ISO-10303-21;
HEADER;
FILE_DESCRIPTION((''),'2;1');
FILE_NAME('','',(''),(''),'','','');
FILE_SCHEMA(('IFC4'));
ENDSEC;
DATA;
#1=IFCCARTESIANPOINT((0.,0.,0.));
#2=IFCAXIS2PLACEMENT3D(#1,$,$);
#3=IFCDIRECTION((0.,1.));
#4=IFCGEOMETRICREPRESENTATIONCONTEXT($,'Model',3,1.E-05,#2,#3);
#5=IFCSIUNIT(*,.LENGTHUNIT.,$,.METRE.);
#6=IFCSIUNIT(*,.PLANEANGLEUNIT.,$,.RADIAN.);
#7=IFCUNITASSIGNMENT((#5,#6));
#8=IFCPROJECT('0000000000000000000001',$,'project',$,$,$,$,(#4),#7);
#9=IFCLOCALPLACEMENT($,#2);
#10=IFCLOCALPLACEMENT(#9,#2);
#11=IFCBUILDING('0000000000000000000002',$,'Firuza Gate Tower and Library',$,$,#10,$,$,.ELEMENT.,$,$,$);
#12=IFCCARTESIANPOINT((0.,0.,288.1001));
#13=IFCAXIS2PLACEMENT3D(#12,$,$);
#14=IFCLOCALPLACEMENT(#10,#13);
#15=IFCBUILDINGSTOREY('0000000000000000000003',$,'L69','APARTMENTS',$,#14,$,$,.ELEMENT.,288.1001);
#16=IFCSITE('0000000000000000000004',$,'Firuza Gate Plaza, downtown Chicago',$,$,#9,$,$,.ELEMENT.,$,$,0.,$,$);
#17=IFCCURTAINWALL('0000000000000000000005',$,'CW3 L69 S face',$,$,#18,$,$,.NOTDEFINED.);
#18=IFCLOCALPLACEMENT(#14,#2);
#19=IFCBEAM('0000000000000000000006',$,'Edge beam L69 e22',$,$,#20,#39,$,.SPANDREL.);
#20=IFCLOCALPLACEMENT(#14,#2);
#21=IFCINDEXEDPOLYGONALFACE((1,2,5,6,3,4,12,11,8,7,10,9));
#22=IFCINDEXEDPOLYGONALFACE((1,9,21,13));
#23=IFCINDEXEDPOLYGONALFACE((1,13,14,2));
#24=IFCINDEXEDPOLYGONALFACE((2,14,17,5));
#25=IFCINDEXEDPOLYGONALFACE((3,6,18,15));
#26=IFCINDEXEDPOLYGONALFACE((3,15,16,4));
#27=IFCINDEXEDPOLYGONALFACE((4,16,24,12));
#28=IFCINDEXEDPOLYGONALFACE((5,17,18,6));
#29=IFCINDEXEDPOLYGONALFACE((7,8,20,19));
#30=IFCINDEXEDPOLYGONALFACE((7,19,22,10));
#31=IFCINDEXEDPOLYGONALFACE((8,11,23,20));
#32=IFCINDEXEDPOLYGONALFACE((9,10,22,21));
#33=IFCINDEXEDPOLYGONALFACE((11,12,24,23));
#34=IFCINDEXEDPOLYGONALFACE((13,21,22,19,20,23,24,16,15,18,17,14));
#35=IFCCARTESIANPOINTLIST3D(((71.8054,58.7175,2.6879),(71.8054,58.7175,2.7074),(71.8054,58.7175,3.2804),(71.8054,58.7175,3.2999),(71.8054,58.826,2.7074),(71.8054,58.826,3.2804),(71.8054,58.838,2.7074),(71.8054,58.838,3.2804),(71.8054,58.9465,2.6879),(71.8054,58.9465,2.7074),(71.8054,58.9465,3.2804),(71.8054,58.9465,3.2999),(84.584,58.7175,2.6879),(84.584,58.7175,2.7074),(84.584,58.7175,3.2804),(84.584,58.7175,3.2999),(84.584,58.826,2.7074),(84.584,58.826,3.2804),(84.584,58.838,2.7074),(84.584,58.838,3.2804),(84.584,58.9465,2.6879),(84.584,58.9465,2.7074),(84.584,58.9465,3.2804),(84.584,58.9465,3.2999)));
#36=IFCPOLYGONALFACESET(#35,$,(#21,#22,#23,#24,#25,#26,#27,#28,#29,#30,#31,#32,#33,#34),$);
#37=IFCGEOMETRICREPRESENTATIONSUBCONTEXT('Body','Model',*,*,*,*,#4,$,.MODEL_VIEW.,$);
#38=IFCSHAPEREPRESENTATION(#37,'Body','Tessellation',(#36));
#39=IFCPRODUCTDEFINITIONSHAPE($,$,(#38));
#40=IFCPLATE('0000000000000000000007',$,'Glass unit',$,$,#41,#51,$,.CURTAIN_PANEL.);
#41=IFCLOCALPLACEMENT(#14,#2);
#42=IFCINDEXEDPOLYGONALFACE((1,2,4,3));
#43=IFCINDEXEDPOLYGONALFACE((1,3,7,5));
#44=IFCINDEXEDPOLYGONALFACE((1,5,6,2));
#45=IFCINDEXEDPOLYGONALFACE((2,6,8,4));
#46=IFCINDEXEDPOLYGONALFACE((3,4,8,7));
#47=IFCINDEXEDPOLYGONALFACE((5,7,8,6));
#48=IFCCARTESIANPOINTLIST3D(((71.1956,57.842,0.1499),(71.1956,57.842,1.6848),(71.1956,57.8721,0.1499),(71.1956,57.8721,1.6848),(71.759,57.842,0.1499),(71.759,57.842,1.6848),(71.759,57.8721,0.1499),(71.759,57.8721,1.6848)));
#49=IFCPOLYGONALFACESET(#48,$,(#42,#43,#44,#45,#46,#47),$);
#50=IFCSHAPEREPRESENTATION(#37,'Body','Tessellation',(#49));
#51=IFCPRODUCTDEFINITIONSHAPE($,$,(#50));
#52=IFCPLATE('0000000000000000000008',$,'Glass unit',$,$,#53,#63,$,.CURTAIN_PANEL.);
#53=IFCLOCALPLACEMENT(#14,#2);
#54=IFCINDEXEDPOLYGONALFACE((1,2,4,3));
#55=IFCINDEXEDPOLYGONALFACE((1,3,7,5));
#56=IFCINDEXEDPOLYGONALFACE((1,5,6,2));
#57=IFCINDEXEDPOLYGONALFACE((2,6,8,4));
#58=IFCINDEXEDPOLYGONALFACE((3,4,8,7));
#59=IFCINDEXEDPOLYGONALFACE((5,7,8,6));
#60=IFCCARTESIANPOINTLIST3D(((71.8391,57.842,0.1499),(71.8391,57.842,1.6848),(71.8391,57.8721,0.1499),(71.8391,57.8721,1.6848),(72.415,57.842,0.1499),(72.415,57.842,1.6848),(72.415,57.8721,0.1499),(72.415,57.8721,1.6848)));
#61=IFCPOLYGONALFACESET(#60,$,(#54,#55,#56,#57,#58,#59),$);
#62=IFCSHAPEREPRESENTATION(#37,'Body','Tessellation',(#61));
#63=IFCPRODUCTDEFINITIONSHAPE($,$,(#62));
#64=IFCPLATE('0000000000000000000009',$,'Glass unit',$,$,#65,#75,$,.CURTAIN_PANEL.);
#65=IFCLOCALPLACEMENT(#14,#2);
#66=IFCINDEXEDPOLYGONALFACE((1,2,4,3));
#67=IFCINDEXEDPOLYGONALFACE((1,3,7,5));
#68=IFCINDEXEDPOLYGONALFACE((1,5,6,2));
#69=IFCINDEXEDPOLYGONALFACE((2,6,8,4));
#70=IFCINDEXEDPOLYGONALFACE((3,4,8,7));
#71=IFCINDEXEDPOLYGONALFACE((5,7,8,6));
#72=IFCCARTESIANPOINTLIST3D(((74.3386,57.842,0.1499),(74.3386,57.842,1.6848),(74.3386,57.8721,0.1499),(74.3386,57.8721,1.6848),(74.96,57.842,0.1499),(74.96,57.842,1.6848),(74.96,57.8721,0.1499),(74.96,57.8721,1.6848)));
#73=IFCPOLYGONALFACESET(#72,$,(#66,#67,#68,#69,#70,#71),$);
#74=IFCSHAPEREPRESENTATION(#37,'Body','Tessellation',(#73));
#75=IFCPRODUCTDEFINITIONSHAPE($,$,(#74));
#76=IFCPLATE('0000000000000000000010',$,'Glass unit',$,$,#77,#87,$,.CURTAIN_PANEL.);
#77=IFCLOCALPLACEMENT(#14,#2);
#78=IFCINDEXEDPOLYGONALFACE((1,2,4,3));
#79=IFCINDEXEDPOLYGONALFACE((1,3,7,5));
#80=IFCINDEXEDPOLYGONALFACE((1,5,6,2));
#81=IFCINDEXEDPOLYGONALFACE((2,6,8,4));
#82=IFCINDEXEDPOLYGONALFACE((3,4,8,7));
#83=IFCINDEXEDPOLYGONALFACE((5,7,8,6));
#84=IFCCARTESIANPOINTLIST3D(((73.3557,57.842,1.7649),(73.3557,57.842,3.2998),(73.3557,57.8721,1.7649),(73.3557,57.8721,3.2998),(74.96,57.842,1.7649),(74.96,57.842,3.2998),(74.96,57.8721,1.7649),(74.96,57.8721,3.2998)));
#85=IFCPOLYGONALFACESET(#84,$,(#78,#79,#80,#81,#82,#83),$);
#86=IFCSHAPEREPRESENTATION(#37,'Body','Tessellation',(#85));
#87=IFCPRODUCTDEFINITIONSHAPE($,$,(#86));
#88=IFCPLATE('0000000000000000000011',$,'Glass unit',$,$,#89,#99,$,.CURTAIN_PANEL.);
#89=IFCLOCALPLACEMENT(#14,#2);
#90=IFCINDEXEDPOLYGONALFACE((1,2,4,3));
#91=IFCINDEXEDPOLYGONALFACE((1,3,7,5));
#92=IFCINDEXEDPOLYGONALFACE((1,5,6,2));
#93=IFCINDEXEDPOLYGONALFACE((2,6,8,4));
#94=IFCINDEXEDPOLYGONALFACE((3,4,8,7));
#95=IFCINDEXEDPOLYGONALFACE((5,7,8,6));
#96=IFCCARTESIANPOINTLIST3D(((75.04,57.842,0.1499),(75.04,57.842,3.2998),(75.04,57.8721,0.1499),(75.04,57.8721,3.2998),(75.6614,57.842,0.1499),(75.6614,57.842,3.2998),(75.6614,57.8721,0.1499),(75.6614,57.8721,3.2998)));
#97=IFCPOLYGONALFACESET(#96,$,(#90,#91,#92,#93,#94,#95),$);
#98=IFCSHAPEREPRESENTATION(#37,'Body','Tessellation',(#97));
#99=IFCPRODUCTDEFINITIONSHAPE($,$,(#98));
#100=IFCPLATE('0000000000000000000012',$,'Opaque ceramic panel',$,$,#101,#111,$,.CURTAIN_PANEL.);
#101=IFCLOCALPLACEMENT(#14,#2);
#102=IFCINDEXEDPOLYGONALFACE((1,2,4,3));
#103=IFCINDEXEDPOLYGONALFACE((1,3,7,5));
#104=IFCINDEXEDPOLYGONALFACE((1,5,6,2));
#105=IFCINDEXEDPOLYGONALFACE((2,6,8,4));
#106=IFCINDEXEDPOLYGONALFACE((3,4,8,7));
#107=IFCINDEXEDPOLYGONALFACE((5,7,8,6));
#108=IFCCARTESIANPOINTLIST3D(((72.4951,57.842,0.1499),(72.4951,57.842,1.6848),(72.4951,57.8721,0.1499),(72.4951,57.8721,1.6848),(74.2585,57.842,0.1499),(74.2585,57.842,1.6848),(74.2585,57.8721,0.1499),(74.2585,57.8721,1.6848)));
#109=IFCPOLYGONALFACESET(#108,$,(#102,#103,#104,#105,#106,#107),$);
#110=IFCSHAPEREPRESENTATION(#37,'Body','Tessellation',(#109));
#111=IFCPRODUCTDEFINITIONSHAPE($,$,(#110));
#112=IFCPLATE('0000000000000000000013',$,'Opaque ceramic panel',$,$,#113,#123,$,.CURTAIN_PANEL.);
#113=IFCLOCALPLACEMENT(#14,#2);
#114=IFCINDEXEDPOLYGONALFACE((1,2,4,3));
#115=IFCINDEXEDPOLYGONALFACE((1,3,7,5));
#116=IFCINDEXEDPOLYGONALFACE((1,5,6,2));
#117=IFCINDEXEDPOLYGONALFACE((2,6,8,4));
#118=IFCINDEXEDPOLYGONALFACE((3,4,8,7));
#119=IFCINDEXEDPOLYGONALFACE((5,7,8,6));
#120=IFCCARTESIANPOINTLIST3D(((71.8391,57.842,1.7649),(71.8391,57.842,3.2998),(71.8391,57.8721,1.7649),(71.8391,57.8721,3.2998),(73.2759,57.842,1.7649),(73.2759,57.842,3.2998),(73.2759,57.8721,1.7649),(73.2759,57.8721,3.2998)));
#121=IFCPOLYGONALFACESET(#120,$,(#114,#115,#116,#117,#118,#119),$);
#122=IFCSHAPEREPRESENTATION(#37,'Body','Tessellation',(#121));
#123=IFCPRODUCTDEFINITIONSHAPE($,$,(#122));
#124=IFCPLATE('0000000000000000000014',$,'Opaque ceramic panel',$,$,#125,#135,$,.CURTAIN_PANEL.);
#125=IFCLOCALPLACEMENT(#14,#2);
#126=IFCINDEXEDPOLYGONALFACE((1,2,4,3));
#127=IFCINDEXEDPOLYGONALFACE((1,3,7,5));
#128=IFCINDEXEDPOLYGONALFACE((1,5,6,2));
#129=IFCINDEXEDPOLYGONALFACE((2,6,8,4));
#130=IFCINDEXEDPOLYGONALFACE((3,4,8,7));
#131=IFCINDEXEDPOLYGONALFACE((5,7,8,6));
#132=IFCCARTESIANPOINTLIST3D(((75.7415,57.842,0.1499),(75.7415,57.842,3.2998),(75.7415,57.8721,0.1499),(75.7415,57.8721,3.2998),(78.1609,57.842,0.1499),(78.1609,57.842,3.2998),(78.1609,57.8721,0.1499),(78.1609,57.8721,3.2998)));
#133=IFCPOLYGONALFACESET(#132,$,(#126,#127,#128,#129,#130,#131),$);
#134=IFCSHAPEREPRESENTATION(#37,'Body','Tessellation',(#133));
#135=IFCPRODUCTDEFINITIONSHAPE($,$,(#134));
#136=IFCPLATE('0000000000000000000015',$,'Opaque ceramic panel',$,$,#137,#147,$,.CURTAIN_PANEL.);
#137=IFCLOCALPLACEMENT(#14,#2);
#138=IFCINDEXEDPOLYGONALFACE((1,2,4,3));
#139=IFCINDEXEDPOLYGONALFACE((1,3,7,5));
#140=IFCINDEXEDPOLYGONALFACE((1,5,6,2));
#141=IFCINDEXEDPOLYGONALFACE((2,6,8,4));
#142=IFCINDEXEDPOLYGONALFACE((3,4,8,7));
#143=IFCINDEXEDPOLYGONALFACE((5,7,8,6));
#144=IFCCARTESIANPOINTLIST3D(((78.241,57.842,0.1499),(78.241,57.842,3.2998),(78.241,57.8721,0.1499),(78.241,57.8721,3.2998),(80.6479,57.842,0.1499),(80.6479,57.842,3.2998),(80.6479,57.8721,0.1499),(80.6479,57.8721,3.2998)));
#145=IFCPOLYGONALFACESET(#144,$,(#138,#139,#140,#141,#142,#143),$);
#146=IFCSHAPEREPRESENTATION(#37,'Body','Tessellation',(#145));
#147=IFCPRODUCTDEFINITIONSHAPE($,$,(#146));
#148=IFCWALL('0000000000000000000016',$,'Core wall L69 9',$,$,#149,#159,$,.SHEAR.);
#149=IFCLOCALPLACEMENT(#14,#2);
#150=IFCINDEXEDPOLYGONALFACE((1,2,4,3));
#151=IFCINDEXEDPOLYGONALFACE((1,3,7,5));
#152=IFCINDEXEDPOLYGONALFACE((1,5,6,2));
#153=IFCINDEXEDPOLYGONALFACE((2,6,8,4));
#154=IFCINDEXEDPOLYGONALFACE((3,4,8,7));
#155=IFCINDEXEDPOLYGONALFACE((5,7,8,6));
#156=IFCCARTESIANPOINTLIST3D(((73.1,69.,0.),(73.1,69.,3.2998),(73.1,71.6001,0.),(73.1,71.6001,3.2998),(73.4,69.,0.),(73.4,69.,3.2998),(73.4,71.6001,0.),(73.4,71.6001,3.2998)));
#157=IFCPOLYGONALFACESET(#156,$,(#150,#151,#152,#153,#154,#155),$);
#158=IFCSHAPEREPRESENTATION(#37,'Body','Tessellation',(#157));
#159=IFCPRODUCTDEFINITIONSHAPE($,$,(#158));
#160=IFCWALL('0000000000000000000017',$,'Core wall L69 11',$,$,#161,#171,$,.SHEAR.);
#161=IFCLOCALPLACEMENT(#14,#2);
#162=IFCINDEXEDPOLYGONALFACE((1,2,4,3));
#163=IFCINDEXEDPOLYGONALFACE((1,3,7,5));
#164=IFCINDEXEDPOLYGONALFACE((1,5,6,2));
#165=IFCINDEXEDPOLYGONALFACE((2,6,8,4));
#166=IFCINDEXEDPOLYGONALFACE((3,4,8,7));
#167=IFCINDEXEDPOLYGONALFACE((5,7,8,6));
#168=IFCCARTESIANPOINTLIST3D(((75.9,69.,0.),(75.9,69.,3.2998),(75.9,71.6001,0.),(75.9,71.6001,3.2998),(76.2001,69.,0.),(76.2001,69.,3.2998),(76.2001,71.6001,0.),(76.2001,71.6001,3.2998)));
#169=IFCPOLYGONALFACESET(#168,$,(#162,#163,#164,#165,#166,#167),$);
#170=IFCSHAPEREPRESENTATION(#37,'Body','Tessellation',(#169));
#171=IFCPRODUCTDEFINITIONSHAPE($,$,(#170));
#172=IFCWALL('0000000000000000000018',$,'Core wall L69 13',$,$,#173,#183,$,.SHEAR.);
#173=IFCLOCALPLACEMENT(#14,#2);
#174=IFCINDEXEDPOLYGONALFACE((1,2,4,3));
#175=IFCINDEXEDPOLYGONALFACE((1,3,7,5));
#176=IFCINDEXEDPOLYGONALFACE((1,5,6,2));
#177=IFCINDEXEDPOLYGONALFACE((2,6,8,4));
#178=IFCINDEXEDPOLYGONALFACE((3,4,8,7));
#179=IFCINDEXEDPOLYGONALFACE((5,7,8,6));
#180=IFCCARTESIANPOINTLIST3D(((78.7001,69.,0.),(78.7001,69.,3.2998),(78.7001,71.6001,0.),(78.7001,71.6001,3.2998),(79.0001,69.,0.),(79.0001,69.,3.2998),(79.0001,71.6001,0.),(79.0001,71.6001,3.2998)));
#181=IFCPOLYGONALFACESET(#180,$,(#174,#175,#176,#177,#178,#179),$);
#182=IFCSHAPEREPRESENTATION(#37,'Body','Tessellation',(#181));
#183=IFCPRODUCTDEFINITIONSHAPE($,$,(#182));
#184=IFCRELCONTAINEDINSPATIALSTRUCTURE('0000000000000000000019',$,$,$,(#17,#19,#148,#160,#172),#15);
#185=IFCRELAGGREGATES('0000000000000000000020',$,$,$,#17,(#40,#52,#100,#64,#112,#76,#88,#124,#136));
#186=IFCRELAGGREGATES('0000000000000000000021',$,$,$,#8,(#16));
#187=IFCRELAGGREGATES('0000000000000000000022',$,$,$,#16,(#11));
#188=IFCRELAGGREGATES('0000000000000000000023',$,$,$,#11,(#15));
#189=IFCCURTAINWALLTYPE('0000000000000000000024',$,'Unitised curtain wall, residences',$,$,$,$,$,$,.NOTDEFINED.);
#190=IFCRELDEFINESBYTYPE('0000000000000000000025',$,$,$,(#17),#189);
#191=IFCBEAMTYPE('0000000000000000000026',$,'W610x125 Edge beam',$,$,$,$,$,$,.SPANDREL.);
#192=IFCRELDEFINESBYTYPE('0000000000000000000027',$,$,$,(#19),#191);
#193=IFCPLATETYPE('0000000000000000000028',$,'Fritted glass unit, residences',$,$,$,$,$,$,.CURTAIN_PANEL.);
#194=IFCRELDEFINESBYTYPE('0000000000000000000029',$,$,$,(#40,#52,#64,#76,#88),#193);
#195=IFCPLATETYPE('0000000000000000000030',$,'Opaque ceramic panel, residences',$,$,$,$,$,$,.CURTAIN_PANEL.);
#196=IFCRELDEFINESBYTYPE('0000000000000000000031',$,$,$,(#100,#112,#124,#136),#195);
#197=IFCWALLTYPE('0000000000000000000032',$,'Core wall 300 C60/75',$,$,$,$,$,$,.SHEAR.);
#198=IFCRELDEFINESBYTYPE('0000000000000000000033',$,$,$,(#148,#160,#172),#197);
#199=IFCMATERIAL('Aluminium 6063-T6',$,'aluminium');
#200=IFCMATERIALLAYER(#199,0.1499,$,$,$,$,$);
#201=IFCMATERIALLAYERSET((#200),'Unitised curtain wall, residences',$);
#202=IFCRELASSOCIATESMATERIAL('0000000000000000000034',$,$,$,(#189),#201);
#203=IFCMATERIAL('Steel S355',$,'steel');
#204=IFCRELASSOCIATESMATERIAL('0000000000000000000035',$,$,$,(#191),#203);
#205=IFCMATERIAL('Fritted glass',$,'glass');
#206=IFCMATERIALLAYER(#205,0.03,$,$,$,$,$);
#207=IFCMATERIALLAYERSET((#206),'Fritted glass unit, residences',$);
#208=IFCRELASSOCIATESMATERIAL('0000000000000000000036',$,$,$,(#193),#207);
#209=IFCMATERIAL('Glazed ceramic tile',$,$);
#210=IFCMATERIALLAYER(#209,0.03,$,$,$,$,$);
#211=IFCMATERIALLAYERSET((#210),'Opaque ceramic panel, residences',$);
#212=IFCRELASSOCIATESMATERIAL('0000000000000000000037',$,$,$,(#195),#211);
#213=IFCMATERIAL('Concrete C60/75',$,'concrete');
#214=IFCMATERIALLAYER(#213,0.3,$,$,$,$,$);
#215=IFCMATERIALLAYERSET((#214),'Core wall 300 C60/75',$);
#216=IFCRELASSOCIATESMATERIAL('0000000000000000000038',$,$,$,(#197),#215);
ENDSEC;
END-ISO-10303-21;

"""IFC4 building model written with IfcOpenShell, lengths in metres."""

from ifc_helpers import new_model, si_unit, direction, frame, frame_2d, origin, origin_2d, place, context, subcontext, project, spatial, polyline, rectangle, i_section, outline, extrude, material, layer, layer_set, material_profile, profile_set, type_object, element, aggregate, save


model = new_model("IFC4")

# Units and contexts
model_context = context("Model", 3, precision=1e-05, world=origin(), true_north=direction((0.0, 1.0)))
body_context = subcontext(model_context, "Body", "Model", "MODEL_VIEW")
ifc_project = project(units=[si_unit("LENGTHUNIT", "METRE"), si_unit("PLANEANGLEUNIT", "RADIAN")], contexts=[model_context])

# Site, building, storey
site_placement = place(None, origin())
site = spatial("IfcSite", under=ifc_project, at=site_placement, Name="Firuza Gate Plaza, downtown Chicago", CompositionType="ELEMENT", RefElevation=0.0)
building_placement = place(site_placement, origin())
building = spatial("IfcBuilding", under=site, at=building_placement, Name="Firuza Gate Tower and Library", CompositionType="ELEMENT")
storey_placement = place(building_placement, frame((0.0, 0.0, 288.1001)))
storey = spatial("IfcBuildingStorey", under=building, at=storey_placement, Name="L69", Description="APARTMENTS", CompositionType="ELEMENT", Elevation=288.1001)

# Curtain wall
ifc_material_1 = material(Name="Aluminium 6063-T6", Category="aluminium")
ifc_layer_1 = layer(ifc_material_1, 0.1499)
ifc_layer_set_1 = layer_set([ifc_layer_1], Name="Unitised curtain wall, residences")
curtain_wall_type = type_object("IfcCurtainWallType", Name="Unitised curtain wall, residences", PredefinedType="NOTDEFINED", material=ifc_layer_set_1)
curtain_wall_placement = place(storey_placement, origin())
curtain_wall = element("IfcCurtainWall", 1, at=curtain_wall_placement, inside=storey, type_object=curtain_wall_type, Name="CW3 L69 S face", PredefinedType="NOTDEFINED")

# Beam
ifc_material_2 = material(Name="Steel S355", Category="steel")
ifc_material_profile_1 = material_profile(ifc_material_2, i_section(OverallWidth=0.229, OverallDepth=0.6121, WebThickness=0.012, FlangeThickness=0.0195, at=origin_2d()))
ifc_profile_set_1 = profile_set([ifc_material_profile_1], Name="Steel S355")
beam_type_1 = type_object("IfcBeamType", Name="W610x125 Edge beam", PredefinedType="SPANDREL", material=ifc_profile_set_1)
beam_1_placement = place(storey_placement, frame((71.8054, 58.832, 2.9939), z_axis=(1.0, 0.0, 0.0), x_axis=(0.0, 1.0, 0.0)))
element("IfcBeam", 2, at=beam_1_placement, inside=storey, type_object=beam_type_1, Name="Edge beam L69 e22", PredefinedType="SPANDREL", context=body_context, shape_type="SweptSolid", body=[
    extrude(i_section(OverallWidth=0.229, OverallDepth=0.6121, WebThickness=0.012, FlangeThickness=0.0195, at=origin_2d()), origin(), (0.0, 0.0, 1.0), 12.7786),
])

# Plates
ifc_material_3 = material(Name="Fritted glass", Category="glass")
ifc_layer_2 = layer(ifc_material_3, 0.03)
ifc_layer_set_2 = layer_set([ifc_layer_2], Name="Fritted glass unit, residences")
plate_type_1 = type_object("IfcPlateType", Name="Fritted glass unit, residences", PredefinedType="CURTAIN_PANEL", material=ifc_layer_set_2)
plate_1_placement = place(storey_placement, frame((71.1956, 57.842, 0.1499), z_axis=(0.0, -1.0, 0.0), x_axis=(1.0, 0.0, 0.0)))
plate_1 = element("IfcPlate", 3, at=plate_1_placement, type_object=plate_type_1, Name="Glass unit", PredefinedType="CURTAIN_PANEL", context=body_context, shape_type="SweptSolid", body=[
    extrude(outline(polyline([(0.0, 0.0), (0.5635, 0.0), (0.5635, 1.5349), (0.0, 1.5349), (0.0, 0.0)])), origin(), (0.0, 0.0, -1.0), 0.03),
])
plate_2_placement = place(storey_placement, frame((71.8391, 57.842, 0.1499), z_axis=(0.0, -1.0, 0.0), x_axis=(1.0, 0.0, 0.0)))
plate_2 = element("IfcPlate", 4, at=plate_2_placement, type_object=plate_type_1, Name="Glass unit", PredefinedType="CURTAIN_PANEL", context=body_context, shape_type="SweptSolid", body=[
    extrude(outline(polyline([(0.0, 0.0), (0.5759, 0.0), (0.5759, 1.5349), (0.0, 1.5349), (0.0, 0.0)])), origin(), (0.0, 0.0, -1.0), 0.03),
])
plate_3_placement = place(storey_placement, frame((74.3386, 57.842, 0.1499), z_axis=(0.0, -1.0, 0.0), x_axis=(1.0, 0.0, 0.0)))
plate_3 = element("IfcPlate", 5, at=plate_3_placement, type_object=plate_type_1, Name="Glass unit", PredefinedType="CURTAIN_PANEL", context=body_context, shape_type="SweptSolid", body=[
    extrude(outline(polyline([(0.0, 0.0), (0.6213, 0.0), (0.6213, 1.5349), (0.0, 1.5349), (0.0, 0.0)])), origin(), (0.0, 0.0, -1.0), 0.03),
])
plate_4_placement = place(storey_placement, frame((73.3557, 57.842, 1.7649), z_axis=(0.0, -1.0, 0.0), x_axis=(1.0, 0.0, 0.0)))
plate_4 = element("IfcPlate", 6, at=plate_4_placement, type_object=plate_type_1, Name="Glass unit", PredefinedType="CURTAIN_PANEL", context=body_context, shape_type="SweptSolid", body=[
    extrude(outline(polyline([(0.0, 0.0), (1.6042, 0.0), (1.6042, 1.5349), (0.0, 1.5349), (0.0, 0.0)])), origin(), (0.0, 0.0, -1.0), 0.03),
])
plate_5_placement = place(storey_placement, frame((75.04, 57.842, 0.1499), z_axis=(0.0, -1.0, 0.0), x_axis=(1.0, 0.0, 0.0)))
plate_5 = element("IfcPlate", 7, at=plate_5_placement, type_object=plate_type_1, Name="Glass unit", PredefinedType="CURTAIN_PANEL", context=body_context, shape_type="SweptSolid", body=[
    extrude(outline(polyline([(0.0, 0.0), (0.6213, 0.0), (0.6213, 3.1499), (0.0, 3.1499), (0.0, 0.0)])), origin(), (0.0, 0.0, -1.0), 0.03),
])
ifc_material_4 = material(Name="Glazed ceramic tile")
ifc_layer_3 = layer(ifc_material_4, 0.03)
ifc_layer_set_3 = layer_set([ifc_layer_3], Name="Opaque ceramic panel, residences")
plate_type_2 = type_object("IfcPlateType", Name="Opaque ceramic panel, residences", PredefinedType="CURTAIN_PANEL", material=ifc_layer_set_3)
plate_6_placement = place(storey_placement, frame((72.4951, 57.842, 0.1499), z_axis=(0.0, -1.0, 0.0), x_axis=(1.0, 0.0, 0.0)))
plate_6 = element("IfcPlate", 8, at=plate_6_placement, type_object=plate_type_2, Name="Opaque ceramic panel", PredefinedType="CURTAIN_PANEL", context=body_context, shape_type="SweptSolid", body=[
    extrude(outline(polyline([(0.0, 0.0), (1.7634, 0.0), (1.7634, 1.5349), (0.0, 1.5349), (0.0, 0.0)])), origin(), (0.0, 0.0, -1.0), 0.03),
])
plate_7_placement = place(storey_placement, frame((71.8391, 57.842, 1.7649), z_axis=(0.0, -1.0, 0.0), x_axis=(1.0, 0.0, 0.0)))
plate_7 = element("IfcPlate", 9, at=plate_7_placement, type_object=plate_type_2, Name="Opaque ceramic panel", PredefinedType="CURTAIN_PANEL", context=body_context, shape_type="SweptSolid", body=[
    extrude(outline(polyline([(0.0, 0.0), (1.4368, 0.0), (1.4368, 1.5349), (0.0, 1.5349), (0.0, 0.0)])), origin(), (0.0, 0.0, -1.0), 0.03),
])
plate_8_placement = place(storey_placement, frame((75.7415, 57.842, 0.1499), z_axis=(0.0, -1.0, 0.0), x_axis=(1.0, 0.0, 0.0)))
plate_8 = element("IfcPlate", 10, at=plate_8_placement, type_object=plate_type_2, Name="Opaque ceramic panel", PredefinedType="CURTAIN_PANEL", context=body_context, shape_type="SweptSolid", body=[
    extrude(outline(polyline([(0.0, 0.0), (2.4194, 0.0), (2.4194, 3.1499), (0.0, 3.1499), (0.0, 0.0)])), origin(), (0.0, 0.0, -1.0), 0.03),
])
plate_9_placement = place(storey_placement, frame((78.241, 57.842, 0.1499), z_axis=(0.0, -1.0, 0.0), x_axis=(1.0, 0.0, 0.0)))
plate_9 = element("IfcPlate", 11, at=plate_9_placement, type_object=plate_type_2, Name="Opaque ceramic panel", PredefinedType="CURTAIN_PANEL", context=body_context, shape_type="SweptSolid", body=[
    extrude(outline(polyline([(0.0, 0.0), (2.407, 0.0), (2.407, 3.1499), (0.0, 3.1499), (0.0, 0.0)])), origin(), (0.0, 0.0, -1.0), 0.03),
])
aggregate(curtain_wall, [plate_1, plate_2, plate_6, plate_3, plate_7, plate_4, plate_5, plate_8, plate_9])

# Walls
ifc_material_5 = material(Name="Concrete C60/75", Category="concrete")
ifc_layer_4 = layer(ifc_material_5, 0.3)
ifc_layer_set_4 = layer_set([ifc_layer_4], Name="Core wall 300 C60/75")
wall_type_1 = type_object("IfcWallType", Name="Core wall 300 C60/75", PredefinedType="SHEAR", material=ifc_layer_set_4)
for number, where, z_axis, x_axis, name in (
    (12, (73.25, 69.0, 0.0), (0.0, 0.0, 1.0), (0.0, 1.0, 0.0), "Core wall L69 9"),
    (13, (76.05, 69.0, 0.0), (0.0, 0.0, 1.0), (0.0, 1.0, 0.0), "Core wall L69 11"),
    (14, (78.8501, 69.0, 0.0), (0.0, 0.0, 1.0), (0.0, 1.0, 0.0), "Core wall L69 13"),
):
    element("IfcWall", number, at=place(storey_placement, frame(where, z_axis=z_axis, x_axis=x_axis)), inside=storey, type_object=wall_type_1, Name=name, PredefinedType="SHEAR", context=body_context, shape_type="SweptSolid", body=[
        extrude(rectangle(XDim=2.6001, YDim=0.3, at=frame_2d((1.3, 0.0))), origin(), (0.0, 0.0, 1.0), 3.2998),
    ])

save(model, "model.ifc")
